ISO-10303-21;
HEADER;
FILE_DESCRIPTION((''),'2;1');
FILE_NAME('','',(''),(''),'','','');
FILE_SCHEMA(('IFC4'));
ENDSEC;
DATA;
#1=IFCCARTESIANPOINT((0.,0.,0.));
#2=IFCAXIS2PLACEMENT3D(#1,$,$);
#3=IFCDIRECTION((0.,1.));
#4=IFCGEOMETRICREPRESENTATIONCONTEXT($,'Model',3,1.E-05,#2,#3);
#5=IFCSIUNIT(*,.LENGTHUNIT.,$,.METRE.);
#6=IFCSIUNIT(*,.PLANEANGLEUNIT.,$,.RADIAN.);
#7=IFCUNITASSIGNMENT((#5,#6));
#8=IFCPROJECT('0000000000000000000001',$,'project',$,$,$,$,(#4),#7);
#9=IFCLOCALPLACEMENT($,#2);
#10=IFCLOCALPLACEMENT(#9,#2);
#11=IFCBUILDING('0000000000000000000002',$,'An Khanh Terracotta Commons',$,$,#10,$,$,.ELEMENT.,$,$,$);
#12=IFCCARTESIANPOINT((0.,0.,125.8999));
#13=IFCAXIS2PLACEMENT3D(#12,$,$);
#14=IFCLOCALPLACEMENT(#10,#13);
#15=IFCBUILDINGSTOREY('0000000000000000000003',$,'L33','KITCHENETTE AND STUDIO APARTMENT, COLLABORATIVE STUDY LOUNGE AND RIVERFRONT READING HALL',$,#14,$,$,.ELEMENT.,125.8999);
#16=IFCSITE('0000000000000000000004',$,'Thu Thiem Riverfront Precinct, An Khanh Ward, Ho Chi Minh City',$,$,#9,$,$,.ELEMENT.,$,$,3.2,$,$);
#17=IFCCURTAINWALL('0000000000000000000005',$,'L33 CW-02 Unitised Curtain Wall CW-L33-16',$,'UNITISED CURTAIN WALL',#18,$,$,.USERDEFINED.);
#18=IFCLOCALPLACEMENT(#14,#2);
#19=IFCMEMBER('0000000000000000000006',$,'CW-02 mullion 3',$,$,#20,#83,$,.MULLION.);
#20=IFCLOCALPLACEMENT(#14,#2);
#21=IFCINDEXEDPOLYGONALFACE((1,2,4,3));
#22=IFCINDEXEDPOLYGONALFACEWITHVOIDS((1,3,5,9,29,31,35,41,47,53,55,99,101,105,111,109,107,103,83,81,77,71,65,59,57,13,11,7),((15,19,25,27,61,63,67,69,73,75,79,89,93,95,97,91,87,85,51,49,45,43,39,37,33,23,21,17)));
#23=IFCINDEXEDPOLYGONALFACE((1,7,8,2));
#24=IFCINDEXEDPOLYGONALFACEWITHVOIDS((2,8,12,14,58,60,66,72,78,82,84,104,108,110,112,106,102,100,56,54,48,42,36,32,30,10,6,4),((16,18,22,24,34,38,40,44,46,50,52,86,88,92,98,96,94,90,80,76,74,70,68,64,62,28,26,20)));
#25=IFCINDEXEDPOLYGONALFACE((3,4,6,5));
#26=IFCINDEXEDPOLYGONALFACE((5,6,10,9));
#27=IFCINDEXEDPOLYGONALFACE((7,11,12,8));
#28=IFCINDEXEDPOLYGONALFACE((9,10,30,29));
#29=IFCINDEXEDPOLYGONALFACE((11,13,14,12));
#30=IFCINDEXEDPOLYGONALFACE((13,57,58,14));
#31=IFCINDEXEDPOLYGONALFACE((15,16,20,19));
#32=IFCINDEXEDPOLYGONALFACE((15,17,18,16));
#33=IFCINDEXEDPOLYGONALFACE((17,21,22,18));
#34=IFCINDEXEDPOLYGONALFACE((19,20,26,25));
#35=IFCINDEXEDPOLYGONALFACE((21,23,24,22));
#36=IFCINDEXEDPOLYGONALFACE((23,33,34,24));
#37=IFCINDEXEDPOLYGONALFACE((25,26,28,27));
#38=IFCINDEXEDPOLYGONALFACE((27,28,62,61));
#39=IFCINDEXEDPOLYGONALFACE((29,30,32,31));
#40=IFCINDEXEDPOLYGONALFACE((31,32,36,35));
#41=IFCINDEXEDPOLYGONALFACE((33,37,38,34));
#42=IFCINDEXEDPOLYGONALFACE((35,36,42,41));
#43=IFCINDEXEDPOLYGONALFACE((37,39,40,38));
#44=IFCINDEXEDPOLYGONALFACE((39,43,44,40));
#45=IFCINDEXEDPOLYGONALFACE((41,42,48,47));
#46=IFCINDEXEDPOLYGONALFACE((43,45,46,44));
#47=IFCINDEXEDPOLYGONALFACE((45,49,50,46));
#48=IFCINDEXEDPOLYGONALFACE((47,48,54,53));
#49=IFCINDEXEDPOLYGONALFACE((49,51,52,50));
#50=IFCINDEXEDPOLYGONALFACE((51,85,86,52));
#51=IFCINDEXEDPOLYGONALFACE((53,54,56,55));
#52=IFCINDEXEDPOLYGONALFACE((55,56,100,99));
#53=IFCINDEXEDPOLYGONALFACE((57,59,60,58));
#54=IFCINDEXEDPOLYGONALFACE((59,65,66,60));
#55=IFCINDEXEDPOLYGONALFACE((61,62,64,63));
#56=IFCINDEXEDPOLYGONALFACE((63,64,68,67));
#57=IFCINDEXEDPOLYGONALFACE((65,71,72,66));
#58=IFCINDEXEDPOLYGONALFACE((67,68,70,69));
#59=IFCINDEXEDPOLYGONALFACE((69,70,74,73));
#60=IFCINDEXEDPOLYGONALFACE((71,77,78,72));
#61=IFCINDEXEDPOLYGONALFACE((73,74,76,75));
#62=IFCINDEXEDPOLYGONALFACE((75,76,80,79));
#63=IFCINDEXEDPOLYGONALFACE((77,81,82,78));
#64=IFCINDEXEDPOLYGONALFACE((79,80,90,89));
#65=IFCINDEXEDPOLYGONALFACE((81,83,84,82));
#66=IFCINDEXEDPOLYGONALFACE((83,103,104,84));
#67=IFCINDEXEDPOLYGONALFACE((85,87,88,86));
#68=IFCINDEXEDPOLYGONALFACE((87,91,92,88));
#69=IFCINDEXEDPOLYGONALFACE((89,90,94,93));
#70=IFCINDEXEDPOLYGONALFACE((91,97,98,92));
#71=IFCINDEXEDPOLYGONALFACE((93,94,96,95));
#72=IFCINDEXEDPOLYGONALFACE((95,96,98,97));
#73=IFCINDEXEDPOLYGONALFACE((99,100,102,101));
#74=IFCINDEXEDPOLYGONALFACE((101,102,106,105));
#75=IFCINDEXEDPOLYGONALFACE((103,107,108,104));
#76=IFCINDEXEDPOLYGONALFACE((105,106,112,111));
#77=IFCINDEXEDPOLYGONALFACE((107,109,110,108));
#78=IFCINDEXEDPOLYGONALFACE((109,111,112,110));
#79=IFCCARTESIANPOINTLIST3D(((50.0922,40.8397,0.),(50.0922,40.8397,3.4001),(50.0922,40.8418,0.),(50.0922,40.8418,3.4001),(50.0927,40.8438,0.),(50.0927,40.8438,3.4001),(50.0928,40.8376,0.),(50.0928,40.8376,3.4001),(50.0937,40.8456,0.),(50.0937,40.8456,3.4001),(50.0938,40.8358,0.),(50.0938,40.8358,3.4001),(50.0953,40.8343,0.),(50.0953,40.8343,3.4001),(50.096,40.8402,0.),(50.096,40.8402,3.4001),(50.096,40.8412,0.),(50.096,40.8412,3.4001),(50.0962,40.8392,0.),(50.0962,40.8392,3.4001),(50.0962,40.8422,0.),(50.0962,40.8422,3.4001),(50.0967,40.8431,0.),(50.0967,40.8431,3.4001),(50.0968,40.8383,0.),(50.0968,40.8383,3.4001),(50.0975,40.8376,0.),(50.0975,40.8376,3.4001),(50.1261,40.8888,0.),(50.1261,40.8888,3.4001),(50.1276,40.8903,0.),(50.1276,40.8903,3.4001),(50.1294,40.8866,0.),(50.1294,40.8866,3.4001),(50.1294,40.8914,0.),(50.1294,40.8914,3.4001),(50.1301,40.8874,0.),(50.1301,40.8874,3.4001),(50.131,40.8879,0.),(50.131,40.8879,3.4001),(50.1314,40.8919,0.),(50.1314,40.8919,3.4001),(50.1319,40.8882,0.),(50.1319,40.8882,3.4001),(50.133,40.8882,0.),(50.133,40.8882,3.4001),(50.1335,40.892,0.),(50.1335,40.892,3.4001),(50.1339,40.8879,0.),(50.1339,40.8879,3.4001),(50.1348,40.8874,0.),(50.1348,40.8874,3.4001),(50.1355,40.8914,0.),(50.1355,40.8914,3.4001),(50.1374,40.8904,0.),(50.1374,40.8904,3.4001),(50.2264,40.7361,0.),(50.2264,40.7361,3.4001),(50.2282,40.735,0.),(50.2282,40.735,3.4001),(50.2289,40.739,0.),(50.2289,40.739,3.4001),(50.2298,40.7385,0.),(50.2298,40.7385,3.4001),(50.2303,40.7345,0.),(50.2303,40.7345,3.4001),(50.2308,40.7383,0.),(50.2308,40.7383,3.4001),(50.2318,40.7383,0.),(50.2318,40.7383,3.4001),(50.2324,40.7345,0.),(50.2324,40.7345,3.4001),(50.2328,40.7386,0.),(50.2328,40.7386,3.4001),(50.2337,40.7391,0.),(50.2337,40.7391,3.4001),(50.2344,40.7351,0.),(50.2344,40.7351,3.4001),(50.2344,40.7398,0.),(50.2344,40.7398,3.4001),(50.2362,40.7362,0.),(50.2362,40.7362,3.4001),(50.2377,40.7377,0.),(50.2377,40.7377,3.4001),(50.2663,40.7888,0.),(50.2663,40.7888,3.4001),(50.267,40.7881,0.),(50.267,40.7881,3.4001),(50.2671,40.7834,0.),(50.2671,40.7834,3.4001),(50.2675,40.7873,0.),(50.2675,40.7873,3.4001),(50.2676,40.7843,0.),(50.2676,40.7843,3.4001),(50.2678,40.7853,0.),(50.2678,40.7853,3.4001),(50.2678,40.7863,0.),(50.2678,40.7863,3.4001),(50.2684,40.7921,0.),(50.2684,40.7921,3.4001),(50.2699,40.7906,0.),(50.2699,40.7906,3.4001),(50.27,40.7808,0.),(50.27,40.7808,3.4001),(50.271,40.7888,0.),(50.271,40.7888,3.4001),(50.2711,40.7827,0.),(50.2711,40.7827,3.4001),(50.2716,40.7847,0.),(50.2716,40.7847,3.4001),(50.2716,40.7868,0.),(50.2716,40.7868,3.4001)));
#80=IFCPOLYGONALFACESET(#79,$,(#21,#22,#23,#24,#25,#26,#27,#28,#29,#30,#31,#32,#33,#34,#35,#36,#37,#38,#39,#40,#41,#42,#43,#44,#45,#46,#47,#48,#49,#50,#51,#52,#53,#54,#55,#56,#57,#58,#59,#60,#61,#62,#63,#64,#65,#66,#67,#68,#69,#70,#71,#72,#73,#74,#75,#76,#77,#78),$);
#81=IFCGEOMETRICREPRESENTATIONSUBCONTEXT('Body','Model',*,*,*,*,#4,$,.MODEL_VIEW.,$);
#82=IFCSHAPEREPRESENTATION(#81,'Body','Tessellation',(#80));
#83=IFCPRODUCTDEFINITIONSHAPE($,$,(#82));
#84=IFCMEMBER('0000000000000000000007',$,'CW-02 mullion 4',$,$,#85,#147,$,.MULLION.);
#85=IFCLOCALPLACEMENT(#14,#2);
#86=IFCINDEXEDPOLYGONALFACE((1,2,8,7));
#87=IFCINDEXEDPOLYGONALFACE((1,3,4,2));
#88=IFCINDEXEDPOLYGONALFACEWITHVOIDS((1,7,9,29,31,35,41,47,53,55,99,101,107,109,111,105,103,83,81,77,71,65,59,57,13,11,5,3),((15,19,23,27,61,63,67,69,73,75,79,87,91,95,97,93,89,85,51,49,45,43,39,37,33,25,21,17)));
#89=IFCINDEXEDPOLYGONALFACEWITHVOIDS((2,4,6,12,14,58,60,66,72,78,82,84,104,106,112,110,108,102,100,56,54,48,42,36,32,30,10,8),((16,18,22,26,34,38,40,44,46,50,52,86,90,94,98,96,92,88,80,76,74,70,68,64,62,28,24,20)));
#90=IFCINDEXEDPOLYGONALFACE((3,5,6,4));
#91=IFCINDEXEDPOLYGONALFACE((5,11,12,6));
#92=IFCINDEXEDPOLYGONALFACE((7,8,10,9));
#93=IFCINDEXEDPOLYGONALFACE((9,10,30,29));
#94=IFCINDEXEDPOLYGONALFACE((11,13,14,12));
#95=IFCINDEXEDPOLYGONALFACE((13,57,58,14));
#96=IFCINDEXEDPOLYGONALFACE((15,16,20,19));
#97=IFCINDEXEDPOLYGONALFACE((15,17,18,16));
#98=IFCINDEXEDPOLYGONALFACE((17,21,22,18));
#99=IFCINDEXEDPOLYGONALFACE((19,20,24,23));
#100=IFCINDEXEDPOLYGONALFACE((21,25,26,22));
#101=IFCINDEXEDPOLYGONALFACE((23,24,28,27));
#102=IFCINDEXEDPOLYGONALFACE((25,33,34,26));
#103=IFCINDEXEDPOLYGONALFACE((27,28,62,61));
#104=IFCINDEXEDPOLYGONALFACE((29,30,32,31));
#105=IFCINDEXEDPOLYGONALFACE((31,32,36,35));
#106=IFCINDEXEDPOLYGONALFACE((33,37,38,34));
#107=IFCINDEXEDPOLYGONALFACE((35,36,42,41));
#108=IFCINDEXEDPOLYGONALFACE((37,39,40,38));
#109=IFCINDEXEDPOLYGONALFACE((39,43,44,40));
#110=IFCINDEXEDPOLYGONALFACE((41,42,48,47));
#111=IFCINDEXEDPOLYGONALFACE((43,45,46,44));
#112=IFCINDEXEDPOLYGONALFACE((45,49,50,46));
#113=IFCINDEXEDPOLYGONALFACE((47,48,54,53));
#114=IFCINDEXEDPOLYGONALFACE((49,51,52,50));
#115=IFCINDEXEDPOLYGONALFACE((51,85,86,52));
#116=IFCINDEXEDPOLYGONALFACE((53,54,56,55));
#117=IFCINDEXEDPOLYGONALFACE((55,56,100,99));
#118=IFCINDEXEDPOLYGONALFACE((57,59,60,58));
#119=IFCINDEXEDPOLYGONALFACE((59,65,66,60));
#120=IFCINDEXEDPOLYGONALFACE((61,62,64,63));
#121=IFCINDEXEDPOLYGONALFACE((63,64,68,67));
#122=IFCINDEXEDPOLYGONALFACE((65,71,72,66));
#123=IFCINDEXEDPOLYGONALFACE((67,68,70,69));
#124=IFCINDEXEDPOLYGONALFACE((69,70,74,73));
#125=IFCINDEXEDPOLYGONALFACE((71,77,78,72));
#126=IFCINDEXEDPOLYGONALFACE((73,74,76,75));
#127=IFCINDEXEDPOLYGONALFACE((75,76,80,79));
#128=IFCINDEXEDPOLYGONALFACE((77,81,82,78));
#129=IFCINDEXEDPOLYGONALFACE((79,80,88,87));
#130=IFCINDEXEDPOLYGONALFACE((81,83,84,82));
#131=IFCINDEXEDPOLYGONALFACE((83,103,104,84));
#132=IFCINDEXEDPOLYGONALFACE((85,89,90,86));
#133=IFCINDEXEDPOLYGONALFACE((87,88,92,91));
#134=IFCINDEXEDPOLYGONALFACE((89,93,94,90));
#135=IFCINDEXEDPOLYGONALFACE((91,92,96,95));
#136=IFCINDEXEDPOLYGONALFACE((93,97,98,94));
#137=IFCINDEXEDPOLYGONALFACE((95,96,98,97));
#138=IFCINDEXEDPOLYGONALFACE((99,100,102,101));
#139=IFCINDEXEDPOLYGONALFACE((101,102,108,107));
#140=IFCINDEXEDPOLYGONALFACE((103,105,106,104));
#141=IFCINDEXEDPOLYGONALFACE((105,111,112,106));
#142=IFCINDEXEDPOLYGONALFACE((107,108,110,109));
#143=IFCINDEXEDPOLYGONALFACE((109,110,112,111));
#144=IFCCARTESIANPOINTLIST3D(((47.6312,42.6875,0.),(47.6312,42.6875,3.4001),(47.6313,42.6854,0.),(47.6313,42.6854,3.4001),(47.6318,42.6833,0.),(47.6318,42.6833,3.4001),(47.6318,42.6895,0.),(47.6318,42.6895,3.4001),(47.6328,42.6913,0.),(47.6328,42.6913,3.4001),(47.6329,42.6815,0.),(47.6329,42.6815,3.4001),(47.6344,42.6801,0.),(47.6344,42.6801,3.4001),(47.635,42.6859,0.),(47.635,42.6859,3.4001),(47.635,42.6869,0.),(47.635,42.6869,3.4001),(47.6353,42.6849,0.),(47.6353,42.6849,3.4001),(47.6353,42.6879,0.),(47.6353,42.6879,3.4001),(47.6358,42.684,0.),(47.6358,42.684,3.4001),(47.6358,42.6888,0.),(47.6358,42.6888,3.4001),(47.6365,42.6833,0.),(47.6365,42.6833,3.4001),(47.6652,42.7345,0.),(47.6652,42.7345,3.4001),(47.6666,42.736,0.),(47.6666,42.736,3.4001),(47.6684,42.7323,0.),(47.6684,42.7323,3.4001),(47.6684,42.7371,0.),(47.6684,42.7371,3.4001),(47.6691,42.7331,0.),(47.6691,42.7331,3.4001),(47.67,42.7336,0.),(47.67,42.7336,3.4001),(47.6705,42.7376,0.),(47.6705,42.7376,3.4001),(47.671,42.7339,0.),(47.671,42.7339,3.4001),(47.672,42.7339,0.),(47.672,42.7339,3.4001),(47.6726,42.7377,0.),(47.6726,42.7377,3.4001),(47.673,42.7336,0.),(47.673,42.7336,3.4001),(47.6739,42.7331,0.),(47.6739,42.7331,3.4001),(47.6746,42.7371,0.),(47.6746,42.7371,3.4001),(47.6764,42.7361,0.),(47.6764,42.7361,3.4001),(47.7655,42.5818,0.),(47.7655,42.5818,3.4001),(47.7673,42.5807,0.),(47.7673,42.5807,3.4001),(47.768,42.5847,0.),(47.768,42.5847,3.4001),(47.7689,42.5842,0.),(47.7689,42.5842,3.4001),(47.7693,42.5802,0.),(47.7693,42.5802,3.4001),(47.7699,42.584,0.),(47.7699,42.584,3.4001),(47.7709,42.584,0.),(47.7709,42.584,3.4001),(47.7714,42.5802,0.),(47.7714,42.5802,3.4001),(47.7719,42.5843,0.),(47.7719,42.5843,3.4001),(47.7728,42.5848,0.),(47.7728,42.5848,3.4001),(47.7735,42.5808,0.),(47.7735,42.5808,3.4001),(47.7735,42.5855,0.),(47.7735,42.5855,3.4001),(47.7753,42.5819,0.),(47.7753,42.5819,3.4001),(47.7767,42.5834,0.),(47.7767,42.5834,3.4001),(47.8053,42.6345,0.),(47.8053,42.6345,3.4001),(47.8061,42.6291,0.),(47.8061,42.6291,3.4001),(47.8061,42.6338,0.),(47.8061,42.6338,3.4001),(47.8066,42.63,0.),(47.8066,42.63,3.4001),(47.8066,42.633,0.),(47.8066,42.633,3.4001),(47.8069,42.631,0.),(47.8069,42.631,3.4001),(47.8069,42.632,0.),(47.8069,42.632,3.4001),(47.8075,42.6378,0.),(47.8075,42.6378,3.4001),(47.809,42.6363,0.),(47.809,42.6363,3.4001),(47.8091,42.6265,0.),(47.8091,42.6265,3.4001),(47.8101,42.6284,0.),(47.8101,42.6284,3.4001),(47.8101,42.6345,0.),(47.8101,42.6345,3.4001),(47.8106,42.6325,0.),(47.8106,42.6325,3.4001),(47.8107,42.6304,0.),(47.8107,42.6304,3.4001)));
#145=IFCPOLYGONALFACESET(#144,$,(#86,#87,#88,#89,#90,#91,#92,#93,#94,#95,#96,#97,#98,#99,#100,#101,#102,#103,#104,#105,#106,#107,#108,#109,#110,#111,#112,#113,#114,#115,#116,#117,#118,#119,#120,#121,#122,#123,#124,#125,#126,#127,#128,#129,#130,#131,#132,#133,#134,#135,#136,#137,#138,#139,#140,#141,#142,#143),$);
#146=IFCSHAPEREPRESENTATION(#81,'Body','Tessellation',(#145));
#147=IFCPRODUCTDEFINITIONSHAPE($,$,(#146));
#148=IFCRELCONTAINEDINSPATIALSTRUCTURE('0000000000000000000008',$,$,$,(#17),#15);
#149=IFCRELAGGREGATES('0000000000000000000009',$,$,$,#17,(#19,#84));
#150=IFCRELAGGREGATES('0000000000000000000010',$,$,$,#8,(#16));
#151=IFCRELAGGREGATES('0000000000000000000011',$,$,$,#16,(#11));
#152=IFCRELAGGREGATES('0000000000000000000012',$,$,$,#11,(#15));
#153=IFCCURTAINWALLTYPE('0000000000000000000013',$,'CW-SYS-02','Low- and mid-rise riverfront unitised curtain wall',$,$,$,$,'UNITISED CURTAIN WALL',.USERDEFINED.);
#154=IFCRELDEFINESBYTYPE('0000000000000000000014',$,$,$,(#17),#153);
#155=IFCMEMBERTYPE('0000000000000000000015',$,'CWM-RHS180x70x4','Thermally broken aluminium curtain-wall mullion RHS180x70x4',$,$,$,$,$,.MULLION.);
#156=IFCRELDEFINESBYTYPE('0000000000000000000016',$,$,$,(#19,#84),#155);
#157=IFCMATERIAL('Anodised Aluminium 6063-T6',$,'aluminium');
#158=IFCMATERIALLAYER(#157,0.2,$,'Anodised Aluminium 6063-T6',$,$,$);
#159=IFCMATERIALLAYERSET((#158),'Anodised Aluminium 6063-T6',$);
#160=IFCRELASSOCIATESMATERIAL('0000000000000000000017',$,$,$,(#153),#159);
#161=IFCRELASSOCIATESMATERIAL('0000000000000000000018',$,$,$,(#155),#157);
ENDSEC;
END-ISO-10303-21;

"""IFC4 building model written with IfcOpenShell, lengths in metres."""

from ifc_helpers import new_model, si_unit, direction, frame, origin, origin_2d, place, context, subcontext, project, spatial, hollow_rectangle, extrude, material, layer, layer_set, material_profile, profile_set, type_object, element, aggregate, save


model = new_model("IFC4")

# Units and contexts
model_context = context("Model", 3, precision=1e-05, world=origin(), true_north=direction((0.0, 1.0)))
body_context = subcontext(model_context, "Body", "Model", "MODEL_VIEW")
ifc_project = project(units=[si_unit("LENGTHUNIT", "METRE"), si_unit("PLANEANGLEUNIT", "RADIAN")], contexts=[model_context])

# Site, building, storey
site_placement = place(None, origin())
site = spatial("IfcSite", under=ifc_project, at=site_placement, Name="Thu Thiem Riverfront Precinct, An Khanh Ward, Ho Chi Minh City", CompositionType="ELEMENT", RefElevation=3.2)
building_placement = place(site_placement, origin())
building = spatial("IfcBuilding", under=site, at=building_placement, Name="An Khanh Terracotta Commons", CompositionType="ELEMENT")
storey_placement = place(building_placement, frame((0.0, 0.0, 125.8999)))
storey = spatial("IfcBuildingStorey", under=building, at=storey_placement, Name="L33", Description="KITCHENETTE AND STUDIO APARTMENT, COLLABORATIVE STUDY LOUNGE AND RIVERFRONT READING HALL", CompositionType="ELEMENT", Elevation=125.8999)

# Curtain wall, members
ifc_material_1 = material(Name="Anodised Aluminium 6063-T6", Category="aluminium")
ifc_layer_1 = layer(ifc_material_1, 0.2, Name="Anodised Aluminium 6063-T6")
ifc_layer_set_1 = layer_set([ifc_layer_1], Name="Anodised Aluminium 6063-T6")
curtain_wall_type = type_object("IfcCurtainWallType", Name="CW-SYS-02", Description="Low- and mid-rise riverfront unitised curtain wall", ElementType="UNITISED CURTAIN WALL", PredefinedType="USERDEFINED", material=ifc_layer_set_1)
curtain_wall_placement = place(storey_placement, origin())
curtain_wall = element("IfcCurtainWall", 1, at=curtain_wall_placement, inside=storey, type_object=curtain_wall_type, Name="L33 CW-02 Unitised Curtain Wall CW-L33-16", ObjectType="UNITISED CURTAIN WALL", PredefinedType="USERDEFINED")
ifc_material_profile_1 = material_profile(ifc_material_1, hollow_rectangle(XDim=0.0701, YDim=0.1799, WallThickness=0.0039, InnerFilletRadius=0.0039, OuterFilletRadius=0.0081, at=origin_2d()), Name="RHS180x70x4")
ifc_profile_set_1 = profile_set([ifc_material_profile_1], Name="Anodised Aluminium 6063-T6")
member_type_1 = type_object("IfcMemberType", Name="CWM-RHS180x70x4", Description="Thermally broken aluminium curtain-wall mullion RHS180x70x4", PredefinedType="MULLION", material=ifc_profile_set_1)
member_1_placement = place(storey_placement, frame((50.1819, 40.8132, 0.0), z_axis=(0.0, 0.0, 1.0), x_axis=(-0.599983, -0.800013, 0.0)))
member_1 = element("IfcMember", 2, at=member_1_placement, type_object=member_type_1, Name="CW-02 mullion 3", PredefinedType="MULLION", context=body_context, shape_type="SweptSolid", body=[
    extrude(hollow_rectangle(XDim=0.0701, YDim=0.1799, WallThickness=0.0039, InnerFilletRadius=0.0039, OuterFilletRadius=0.0081, at=origin_2d()), origin(), (0.0, 0.0, 1.0), 3.4001),
])
member_2_placement = place(storey_placement, frame((47.7209, 42.6589, 0.0), z_axis=(0.0, 0.0, 1.0), x_axis=(-0.599983, -0.800013, 0.0)))
member_2 = element("IfcMember", 3, at=member_2_placement, type_object=member_type_1, Name="CW-02 mullion 4", PredefinedType="MULLION", context=body_context, shape_type="SweptSolid", body=[
    extrude(hollow_rectangle(XDim=0.0701, YDim=0.1799, WallThickness=0.0039, InnerFilletRadius=0.0039, OuterFilletRadius=0.0081, at=origin_2d()), origin(), (0.0, 0.0, 1.0), 3.4001),
])
aggregate(curtain_wall, [member_1, member_2])

save(model, "model.ifc")
